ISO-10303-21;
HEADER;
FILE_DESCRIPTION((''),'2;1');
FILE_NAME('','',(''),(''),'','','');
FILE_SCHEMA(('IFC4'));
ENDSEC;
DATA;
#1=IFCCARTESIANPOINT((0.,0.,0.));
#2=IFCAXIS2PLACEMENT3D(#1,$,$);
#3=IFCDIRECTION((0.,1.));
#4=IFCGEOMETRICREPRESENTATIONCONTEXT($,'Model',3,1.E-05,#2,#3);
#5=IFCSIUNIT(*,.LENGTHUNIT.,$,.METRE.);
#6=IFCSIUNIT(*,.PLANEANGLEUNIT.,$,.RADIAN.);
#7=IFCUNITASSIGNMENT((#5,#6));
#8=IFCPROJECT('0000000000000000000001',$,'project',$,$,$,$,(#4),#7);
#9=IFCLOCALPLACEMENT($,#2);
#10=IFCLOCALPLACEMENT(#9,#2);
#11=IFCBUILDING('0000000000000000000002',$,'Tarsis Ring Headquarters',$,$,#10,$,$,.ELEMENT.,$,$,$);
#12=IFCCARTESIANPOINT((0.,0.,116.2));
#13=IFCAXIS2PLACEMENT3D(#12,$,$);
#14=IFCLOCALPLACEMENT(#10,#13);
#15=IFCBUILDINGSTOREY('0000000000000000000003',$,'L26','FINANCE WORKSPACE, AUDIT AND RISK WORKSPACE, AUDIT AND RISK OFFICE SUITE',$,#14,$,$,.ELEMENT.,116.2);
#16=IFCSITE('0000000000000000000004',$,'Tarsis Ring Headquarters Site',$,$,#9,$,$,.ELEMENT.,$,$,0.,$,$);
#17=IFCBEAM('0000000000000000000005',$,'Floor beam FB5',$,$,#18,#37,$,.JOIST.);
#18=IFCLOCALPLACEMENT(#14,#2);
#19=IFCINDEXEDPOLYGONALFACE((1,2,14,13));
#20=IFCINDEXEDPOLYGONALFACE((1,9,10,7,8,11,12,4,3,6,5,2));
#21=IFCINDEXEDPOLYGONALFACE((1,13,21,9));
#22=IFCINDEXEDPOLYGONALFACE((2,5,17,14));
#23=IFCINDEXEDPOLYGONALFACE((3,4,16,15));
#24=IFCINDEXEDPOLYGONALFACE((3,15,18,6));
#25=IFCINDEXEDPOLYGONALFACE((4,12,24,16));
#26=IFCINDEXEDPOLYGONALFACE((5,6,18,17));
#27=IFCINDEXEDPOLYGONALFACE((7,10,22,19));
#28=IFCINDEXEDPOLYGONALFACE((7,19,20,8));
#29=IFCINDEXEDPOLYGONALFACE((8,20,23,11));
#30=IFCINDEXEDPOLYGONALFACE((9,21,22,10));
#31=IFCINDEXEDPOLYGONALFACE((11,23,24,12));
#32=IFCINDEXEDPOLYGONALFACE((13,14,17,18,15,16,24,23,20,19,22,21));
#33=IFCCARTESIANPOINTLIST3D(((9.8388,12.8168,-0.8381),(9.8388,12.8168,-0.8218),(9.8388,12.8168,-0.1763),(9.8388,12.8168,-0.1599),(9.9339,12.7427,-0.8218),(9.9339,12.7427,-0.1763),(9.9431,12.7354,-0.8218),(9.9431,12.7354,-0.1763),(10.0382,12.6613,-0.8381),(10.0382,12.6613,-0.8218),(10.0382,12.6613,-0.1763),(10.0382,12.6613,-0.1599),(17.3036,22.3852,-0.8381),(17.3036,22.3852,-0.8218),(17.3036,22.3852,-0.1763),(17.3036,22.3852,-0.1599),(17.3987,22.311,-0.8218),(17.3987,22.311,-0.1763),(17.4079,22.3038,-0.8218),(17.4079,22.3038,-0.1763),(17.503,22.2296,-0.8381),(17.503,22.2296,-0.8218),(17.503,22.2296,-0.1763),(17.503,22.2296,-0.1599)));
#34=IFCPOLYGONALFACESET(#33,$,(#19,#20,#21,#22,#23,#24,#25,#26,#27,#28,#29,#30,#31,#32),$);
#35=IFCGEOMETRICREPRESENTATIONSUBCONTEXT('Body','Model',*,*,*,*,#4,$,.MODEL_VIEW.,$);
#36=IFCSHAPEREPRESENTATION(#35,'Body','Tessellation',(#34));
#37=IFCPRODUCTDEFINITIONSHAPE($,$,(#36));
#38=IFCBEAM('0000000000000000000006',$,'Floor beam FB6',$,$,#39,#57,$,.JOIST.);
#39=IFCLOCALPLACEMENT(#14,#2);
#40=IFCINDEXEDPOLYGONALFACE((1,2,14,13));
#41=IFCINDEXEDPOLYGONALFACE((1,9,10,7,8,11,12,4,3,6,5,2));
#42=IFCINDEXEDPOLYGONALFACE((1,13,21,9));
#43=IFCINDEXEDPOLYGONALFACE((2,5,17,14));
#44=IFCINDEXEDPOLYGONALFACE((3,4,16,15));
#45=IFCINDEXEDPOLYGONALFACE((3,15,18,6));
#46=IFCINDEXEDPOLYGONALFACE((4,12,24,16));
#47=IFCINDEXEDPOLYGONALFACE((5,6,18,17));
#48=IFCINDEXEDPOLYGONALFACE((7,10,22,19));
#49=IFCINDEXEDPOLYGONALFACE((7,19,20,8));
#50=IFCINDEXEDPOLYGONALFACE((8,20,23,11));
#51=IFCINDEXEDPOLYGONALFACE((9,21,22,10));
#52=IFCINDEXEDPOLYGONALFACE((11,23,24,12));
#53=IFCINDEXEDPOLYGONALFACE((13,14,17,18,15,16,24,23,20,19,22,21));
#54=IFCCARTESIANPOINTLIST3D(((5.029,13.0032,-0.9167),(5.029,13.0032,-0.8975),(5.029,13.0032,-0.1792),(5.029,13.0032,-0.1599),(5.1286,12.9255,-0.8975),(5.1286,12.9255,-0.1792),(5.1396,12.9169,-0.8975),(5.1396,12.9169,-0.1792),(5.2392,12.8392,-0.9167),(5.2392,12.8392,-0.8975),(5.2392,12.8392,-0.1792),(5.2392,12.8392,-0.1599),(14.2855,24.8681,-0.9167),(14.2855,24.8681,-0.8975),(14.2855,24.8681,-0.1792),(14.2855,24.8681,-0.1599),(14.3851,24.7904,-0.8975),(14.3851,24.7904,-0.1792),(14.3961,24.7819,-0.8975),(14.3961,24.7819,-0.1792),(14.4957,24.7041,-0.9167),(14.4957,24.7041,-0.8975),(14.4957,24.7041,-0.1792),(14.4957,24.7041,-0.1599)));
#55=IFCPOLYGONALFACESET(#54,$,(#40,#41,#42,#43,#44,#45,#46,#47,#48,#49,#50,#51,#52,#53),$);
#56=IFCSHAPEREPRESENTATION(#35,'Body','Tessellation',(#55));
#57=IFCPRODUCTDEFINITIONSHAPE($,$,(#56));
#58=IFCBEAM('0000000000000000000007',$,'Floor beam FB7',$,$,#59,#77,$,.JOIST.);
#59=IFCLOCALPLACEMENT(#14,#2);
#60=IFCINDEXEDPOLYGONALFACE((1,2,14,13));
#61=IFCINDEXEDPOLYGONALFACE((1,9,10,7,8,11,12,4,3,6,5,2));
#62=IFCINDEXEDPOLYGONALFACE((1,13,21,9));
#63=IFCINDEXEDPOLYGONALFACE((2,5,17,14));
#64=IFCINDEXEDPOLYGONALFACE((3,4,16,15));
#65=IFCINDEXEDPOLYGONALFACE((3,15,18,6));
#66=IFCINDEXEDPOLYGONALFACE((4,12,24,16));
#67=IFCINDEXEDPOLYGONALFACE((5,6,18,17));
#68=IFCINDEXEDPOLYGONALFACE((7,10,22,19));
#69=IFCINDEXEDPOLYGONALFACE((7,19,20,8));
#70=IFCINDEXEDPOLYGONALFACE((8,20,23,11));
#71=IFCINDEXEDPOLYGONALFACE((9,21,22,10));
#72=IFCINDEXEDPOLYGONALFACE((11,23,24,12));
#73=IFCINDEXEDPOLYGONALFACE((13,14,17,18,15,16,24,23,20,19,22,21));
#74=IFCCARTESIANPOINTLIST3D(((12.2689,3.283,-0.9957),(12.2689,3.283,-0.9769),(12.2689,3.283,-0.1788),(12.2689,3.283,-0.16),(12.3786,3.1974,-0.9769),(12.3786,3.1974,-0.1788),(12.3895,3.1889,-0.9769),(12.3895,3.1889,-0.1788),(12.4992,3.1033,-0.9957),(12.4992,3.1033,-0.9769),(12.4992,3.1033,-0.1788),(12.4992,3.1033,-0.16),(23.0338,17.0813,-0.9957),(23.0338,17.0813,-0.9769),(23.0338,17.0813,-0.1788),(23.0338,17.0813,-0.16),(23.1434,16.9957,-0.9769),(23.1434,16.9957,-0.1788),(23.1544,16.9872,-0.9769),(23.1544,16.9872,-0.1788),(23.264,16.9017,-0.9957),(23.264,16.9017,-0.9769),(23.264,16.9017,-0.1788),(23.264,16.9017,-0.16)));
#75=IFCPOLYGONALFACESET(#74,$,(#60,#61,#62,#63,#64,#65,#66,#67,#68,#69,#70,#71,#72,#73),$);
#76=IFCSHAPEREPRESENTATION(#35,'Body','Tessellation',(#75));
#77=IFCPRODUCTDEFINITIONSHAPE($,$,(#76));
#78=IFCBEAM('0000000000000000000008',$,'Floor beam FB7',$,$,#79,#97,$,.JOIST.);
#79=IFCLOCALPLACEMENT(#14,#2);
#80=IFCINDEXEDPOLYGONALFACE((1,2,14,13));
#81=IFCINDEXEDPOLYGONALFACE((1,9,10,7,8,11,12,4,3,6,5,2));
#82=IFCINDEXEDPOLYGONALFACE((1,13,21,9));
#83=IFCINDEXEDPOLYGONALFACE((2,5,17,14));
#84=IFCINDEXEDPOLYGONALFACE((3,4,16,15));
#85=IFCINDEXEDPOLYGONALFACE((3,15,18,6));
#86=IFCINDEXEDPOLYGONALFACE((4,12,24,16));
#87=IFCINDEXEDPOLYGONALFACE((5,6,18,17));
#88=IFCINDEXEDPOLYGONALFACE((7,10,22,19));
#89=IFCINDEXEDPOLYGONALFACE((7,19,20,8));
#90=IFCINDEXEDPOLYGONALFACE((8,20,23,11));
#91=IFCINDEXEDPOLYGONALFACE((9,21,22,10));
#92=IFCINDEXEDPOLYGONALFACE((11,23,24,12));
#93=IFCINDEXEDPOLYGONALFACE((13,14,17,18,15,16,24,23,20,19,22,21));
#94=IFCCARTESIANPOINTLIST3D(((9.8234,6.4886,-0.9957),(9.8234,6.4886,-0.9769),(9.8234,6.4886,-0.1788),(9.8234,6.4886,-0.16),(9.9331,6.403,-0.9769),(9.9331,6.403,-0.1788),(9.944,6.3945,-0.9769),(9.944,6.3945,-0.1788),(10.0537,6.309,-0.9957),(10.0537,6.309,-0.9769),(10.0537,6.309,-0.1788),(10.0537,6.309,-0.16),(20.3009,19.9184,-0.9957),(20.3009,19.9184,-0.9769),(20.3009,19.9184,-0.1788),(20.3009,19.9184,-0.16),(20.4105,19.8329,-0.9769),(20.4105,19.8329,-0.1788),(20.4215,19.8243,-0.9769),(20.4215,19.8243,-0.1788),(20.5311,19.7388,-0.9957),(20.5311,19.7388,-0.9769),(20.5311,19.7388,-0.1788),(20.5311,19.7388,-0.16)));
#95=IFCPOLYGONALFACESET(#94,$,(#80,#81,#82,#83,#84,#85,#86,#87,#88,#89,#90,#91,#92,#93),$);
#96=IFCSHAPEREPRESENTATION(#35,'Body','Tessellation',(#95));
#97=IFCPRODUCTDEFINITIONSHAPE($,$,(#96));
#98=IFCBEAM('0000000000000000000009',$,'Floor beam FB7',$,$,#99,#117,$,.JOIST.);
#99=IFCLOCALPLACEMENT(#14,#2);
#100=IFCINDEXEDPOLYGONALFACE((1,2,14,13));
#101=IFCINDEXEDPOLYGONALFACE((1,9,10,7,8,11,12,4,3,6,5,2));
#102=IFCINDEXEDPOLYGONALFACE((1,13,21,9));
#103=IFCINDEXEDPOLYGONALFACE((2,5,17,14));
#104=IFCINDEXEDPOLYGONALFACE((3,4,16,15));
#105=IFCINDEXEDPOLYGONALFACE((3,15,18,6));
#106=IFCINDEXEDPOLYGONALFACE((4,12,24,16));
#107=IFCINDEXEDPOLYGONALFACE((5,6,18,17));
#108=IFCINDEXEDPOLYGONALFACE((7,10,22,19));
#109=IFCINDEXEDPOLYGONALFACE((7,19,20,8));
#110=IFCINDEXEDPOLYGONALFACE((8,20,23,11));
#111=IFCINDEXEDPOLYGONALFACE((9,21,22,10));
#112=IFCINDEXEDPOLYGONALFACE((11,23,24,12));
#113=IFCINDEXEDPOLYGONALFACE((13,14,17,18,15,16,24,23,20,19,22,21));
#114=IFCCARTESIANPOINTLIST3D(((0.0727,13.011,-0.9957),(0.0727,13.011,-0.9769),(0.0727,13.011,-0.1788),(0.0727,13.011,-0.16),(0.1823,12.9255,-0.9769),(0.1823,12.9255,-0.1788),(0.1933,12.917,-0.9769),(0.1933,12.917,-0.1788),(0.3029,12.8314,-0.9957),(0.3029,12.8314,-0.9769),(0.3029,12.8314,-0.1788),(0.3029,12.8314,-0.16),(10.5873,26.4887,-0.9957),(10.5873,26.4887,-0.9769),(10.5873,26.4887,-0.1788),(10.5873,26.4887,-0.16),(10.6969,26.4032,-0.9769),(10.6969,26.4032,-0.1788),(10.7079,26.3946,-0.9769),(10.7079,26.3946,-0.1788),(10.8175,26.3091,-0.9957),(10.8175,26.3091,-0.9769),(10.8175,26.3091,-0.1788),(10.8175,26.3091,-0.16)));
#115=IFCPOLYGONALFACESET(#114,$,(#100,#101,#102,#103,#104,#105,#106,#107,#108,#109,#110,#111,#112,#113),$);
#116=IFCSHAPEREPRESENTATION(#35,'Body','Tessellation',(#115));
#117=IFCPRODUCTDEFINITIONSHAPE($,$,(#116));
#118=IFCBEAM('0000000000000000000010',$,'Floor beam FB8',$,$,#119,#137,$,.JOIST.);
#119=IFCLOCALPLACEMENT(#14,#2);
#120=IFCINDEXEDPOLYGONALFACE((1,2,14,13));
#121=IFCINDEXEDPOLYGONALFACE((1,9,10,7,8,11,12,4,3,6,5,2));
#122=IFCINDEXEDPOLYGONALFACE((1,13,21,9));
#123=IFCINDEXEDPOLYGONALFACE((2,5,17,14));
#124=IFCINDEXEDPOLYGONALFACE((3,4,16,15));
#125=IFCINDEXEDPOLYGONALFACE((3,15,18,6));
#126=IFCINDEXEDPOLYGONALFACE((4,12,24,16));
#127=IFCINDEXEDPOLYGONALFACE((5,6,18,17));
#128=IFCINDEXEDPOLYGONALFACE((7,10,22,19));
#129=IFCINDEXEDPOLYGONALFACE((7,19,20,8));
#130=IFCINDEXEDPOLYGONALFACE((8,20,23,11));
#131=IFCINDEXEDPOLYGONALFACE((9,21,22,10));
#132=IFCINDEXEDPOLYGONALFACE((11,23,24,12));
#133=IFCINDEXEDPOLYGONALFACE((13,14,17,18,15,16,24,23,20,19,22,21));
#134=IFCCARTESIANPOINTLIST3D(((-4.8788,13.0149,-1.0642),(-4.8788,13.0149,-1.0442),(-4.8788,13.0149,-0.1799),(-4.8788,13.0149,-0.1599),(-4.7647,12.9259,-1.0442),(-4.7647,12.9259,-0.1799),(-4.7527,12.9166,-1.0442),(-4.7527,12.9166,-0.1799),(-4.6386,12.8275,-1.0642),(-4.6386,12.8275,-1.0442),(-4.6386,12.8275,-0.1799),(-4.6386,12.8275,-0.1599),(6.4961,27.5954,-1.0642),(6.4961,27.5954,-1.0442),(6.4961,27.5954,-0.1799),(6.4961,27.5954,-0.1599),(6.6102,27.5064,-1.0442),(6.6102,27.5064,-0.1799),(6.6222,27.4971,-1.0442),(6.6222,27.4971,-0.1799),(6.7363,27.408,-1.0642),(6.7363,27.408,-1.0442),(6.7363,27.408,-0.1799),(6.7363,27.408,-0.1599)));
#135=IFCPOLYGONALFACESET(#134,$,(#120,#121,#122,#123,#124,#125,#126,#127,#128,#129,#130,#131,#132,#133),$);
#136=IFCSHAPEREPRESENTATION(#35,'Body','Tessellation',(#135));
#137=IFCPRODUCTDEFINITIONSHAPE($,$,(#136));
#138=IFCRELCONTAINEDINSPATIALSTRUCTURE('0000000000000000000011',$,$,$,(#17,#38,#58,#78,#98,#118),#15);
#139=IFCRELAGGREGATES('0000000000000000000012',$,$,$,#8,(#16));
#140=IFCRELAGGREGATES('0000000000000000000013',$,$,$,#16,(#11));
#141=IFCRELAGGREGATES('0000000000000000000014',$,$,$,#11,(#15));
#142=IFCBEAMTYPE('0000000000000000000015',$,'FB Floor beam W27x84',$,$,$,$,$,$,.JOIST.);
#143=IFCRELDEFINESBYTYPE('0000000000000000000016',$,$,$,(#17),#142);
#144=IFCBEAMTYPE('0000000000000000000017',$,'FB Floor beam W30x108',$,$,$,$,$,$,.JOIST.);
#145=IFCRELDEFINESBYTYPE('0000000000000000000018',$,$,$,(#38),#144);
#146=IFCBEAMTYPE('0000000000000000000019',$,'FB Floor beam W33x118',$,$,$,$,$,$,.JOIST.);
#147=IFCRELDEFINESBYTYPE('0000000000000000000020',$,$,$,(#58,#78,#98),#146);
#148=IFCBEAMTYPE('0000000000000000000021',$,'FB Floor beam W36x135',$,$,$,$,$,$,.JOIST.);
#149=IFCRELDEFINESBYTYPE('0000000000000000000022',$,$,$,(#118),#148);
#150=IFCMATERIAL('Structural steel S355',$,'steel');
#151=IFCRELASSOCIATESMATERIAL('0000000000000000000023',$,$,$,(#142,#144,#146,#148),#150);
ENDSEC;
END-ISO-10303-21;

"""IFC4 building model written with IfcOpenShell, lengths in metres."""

from ifc_helpers import new_model, si_unit, direction, frame, origin, origin_2d, place, context, subcontext, project, spatial, i_section, extrude, material, material_profile, profile_set, type_object, element, save


model = new_model("IFC4")

# Units and contexts
model_context = context("Model", 3, precision=1e-05, world=origin(), true_north=direction((0.0, 1.0)))
body_context = subcontext(model_context, "Body", "Model", "MODEL_VIEW")
ifc_project = project(units=[si_unit("LENGTHUNIT", "METRE"), si_unit("PLANEANGLEUNIT", "RADIAN")], contexts=[model_context])

# Site, building, storey
site_placement = place(None, origin())
site = spatial("IfcSite", under=ifc_project, at=site_placement, Name="Tarsis Ring Headquarters Site", CompositionType="ELEMENT", RefElevation=0.0)
building_placement = place(site_placement, origin())
building = spatial("IfcBuilding", under=site, at=building_placement, Name="Tarsis Ring Headquarters", CompositionType="ELEMENT")
storey_placement = place(building_placement, frame((0.0, 0.0, 116.2)))
storey = spatial("IfcBuildingStorey", under=building, at=storey_placement, Name="L26", Description="FINANCE WORKSPACE, AUDIT AND RISK WORKSPACE, AUDIT AND RISK OFFICE SUITE", CompositionType="ELEMENT", Elevation=116.2)

# Shared definitions
ifc_material_1 = material(Name="Structural steel S355", Category="steel")

# Beams
ifc_material_profile_1 = material_profile(ifc_material_1, i_section(OverallWidth=0.2529, OverallDepth=0.6782, WebThickness=0.0117, FlangeThickness=0.0164, at=origin_2d()), Name="W27x84")
ifc_profile_set_1 = profile_set([ifc_material_profile_1], Name="Structural steel S355")
beam_type_1 = type_object("IfcBeamType", Name="FB Floor beam W27x84", PredefinedType="JOIST", material=ifc_profile_set_1)
beam_1_placement = place(storey_placement, frame((17.4033, 22.3074, -0.499), z_axis=(-0.61511, -0.788441, 0.0), x_axis=(0.788441, -0.61511, 0.0)))
element("IfcBeam", 1, at=beam_1_placement, inside=storey, type_object=beam_type_1, Name="Floor beam FB5", PredefinedType="JOIST", context=body_context, shape_type="SweptSolid", body=[
    extrude(i_section(OverallWidth=0.2529, OverallDepth=0.6782, WebThickness=0.0117, FlangeThickness=0.0164, at=origin_2d()), origin(), (0.0, 0.0, 1.0), 12.1357),
])
ifc_material_profile_2 = material_profile(ifc_material_1, i_section(OverallWidth=0.2666, OverallDepth=0.7568, WebThickness=0.0139, FlangeThickness=0.0193, at=origin_2d()), Name="W30x108")
ifc_profile_set_2 = profile_set([ifc_material_profile_2], Name="Structural steel S355")
beam_type_2 = type_object("IfcBeamType", Name="FB Floor beam W30x108", PredefinedType="JOIST", material=ifc_profile_set_2)
beam_2_placement = place(storey_placement, frame((14.3906, 24.7861, -0.5383), z_axis=(-0.61511, -0.788441, 0.0), x_axis=(0.788441, -0.61511, 0.0)))
element("IfcBeam", 2, at=beam_2_placement, inside=storey, type_object=beam_type_2, Name="Floor beam FB6", PredefinedType="JOIST", context=body_context, shape_type="SweptSolid", body=[
    extrude(i_section(OverallWidth=0.2666, OverallDepth=0.7568, WebThickness=0.0139, FlangeThickness=0.0193, at=origin_2d()), origin(), (0.0, 0.0, 1.0), 15.0486),
])
ifc_material_profile_3 = material_profile(ifc_material_1, i_section(OverallWidth=0.292, OverallDepth=0.8357, WebThickness=0.0139, FlangeThickness=0.0188, at=origin_2d()), Name="W33x118")
ifc_profile_set_3 = profile_set([ifc_material_profile_3], Name="Structural steel S355")
beam_type_3 = type_object("IfcBeamType", Name="FB Floor beam W33x118", PredefinedType="JOIST", material=ifc_profile_set_3)
beam_3_placement = place(storey_placement, frame((23.1489, 16.9915, -0.5779), z_axis=(-0.61511, -0.788442, 0.0), x_axis=(0.788442, -0.61511, 0.0)))
element("IfcBeam", 3, at=beam_3_placement, inside=storey, type_object=beam_type_3, Name="Floor beam FB7", PredefinedType="JOIST", context=body_context, shape_type="SweptSolid", body=[
    extrude(i_section(OverallWidth=0.292, OverallDepth=0.8357, WebThickness=0.0139, FlangeThickness=0.0188, at=origin_2d()), origin(), (0.0, 0.0, 1.0), 17.5007),
])
beam_4_placement = place(storey_placement, frame((20.416, 19.8286, -0.5779), z_axis=(-0.615112, -0.78844, 0.0), x_axis=(0.78844, -0.615112, 0.0)))
element("IfcBeam", 4, at=beam_4_placement, inside=storey, type_object=beam_type_3, Name="Floor beam FB7", PredefinedType="JOIST", context=body_context, shape_type="SweptSolid", body=[
    extrude(i_section(OverallWidth=0.292, OverallDepth=0.8357, WebThickness=0.0139, FlangeThickness=0.0188, at=origin_2d()), origin(), (0.0, 0.0, 1.0), 17.0334),
])
beam_5_placement = place(storey_placement, frame((10.7024, 26.3989, -0.5779), z_axis=(-0.615104, -0.788446, 0.0), x_axis=(0.788446, -0.615104, 0.0)))
element("IfcBeam", 5, at=beam_5_placement, inside=storey, type_object=beam_type_3, Name="Floor beam FB7", PredefinedType="JOIST", context=body_context, shape_type="SweptSolid", body=[
    extrude(i_section(OverallWidth=0.292, OverallDepth=0.8357, WebThickness=0.0139, FlangeThickness=0.0188, at=origin_2d()), origin(), (0.0, 0.0, 1.0), 17.094),
])
ifc_material_profile_4 = material_profile(ifc_material_1, i_section(OverallWidth=0.3047, OverallDepth=0.9043, WebThickness=0.0151, FlangeThickness=0.02, at=origin_2d()), Name="W36x135")
ifc_profile_set_4 = profile_set([ifc_material_profile_4], Name="Structural steel S355")
beam_type_4 = type_object("IfcBeamType", Name="FB Floor beam W36x135", PredefinedType="JOIST", material=ifc_profile_set_4)
beam_6_placement = place(storey_placement, frame((6.6162, 27.5017, -0.6121), z_axis=(-0.615104, -0.788446, 0.0), x_axis=(0.788446, -0.615104, 0.0)))
element("IfcBeam", 6, at=beam_6_placement, inside=storey, type_object=beam_type_4, Name="Floor beam FB8", PredefinedType="JOIST", context=body_context, shape_type="SweptSolid", body=[
    extrude(i_section(OverallWidth=0.3047, OverallDepth=0.9043, WebThickness=0.0151, FlangeThickness=0.02, at=origin_2d()), origin(), (0.0, 0.0, 1.0), 18.4927),
])

save(model, "model.ifc")
